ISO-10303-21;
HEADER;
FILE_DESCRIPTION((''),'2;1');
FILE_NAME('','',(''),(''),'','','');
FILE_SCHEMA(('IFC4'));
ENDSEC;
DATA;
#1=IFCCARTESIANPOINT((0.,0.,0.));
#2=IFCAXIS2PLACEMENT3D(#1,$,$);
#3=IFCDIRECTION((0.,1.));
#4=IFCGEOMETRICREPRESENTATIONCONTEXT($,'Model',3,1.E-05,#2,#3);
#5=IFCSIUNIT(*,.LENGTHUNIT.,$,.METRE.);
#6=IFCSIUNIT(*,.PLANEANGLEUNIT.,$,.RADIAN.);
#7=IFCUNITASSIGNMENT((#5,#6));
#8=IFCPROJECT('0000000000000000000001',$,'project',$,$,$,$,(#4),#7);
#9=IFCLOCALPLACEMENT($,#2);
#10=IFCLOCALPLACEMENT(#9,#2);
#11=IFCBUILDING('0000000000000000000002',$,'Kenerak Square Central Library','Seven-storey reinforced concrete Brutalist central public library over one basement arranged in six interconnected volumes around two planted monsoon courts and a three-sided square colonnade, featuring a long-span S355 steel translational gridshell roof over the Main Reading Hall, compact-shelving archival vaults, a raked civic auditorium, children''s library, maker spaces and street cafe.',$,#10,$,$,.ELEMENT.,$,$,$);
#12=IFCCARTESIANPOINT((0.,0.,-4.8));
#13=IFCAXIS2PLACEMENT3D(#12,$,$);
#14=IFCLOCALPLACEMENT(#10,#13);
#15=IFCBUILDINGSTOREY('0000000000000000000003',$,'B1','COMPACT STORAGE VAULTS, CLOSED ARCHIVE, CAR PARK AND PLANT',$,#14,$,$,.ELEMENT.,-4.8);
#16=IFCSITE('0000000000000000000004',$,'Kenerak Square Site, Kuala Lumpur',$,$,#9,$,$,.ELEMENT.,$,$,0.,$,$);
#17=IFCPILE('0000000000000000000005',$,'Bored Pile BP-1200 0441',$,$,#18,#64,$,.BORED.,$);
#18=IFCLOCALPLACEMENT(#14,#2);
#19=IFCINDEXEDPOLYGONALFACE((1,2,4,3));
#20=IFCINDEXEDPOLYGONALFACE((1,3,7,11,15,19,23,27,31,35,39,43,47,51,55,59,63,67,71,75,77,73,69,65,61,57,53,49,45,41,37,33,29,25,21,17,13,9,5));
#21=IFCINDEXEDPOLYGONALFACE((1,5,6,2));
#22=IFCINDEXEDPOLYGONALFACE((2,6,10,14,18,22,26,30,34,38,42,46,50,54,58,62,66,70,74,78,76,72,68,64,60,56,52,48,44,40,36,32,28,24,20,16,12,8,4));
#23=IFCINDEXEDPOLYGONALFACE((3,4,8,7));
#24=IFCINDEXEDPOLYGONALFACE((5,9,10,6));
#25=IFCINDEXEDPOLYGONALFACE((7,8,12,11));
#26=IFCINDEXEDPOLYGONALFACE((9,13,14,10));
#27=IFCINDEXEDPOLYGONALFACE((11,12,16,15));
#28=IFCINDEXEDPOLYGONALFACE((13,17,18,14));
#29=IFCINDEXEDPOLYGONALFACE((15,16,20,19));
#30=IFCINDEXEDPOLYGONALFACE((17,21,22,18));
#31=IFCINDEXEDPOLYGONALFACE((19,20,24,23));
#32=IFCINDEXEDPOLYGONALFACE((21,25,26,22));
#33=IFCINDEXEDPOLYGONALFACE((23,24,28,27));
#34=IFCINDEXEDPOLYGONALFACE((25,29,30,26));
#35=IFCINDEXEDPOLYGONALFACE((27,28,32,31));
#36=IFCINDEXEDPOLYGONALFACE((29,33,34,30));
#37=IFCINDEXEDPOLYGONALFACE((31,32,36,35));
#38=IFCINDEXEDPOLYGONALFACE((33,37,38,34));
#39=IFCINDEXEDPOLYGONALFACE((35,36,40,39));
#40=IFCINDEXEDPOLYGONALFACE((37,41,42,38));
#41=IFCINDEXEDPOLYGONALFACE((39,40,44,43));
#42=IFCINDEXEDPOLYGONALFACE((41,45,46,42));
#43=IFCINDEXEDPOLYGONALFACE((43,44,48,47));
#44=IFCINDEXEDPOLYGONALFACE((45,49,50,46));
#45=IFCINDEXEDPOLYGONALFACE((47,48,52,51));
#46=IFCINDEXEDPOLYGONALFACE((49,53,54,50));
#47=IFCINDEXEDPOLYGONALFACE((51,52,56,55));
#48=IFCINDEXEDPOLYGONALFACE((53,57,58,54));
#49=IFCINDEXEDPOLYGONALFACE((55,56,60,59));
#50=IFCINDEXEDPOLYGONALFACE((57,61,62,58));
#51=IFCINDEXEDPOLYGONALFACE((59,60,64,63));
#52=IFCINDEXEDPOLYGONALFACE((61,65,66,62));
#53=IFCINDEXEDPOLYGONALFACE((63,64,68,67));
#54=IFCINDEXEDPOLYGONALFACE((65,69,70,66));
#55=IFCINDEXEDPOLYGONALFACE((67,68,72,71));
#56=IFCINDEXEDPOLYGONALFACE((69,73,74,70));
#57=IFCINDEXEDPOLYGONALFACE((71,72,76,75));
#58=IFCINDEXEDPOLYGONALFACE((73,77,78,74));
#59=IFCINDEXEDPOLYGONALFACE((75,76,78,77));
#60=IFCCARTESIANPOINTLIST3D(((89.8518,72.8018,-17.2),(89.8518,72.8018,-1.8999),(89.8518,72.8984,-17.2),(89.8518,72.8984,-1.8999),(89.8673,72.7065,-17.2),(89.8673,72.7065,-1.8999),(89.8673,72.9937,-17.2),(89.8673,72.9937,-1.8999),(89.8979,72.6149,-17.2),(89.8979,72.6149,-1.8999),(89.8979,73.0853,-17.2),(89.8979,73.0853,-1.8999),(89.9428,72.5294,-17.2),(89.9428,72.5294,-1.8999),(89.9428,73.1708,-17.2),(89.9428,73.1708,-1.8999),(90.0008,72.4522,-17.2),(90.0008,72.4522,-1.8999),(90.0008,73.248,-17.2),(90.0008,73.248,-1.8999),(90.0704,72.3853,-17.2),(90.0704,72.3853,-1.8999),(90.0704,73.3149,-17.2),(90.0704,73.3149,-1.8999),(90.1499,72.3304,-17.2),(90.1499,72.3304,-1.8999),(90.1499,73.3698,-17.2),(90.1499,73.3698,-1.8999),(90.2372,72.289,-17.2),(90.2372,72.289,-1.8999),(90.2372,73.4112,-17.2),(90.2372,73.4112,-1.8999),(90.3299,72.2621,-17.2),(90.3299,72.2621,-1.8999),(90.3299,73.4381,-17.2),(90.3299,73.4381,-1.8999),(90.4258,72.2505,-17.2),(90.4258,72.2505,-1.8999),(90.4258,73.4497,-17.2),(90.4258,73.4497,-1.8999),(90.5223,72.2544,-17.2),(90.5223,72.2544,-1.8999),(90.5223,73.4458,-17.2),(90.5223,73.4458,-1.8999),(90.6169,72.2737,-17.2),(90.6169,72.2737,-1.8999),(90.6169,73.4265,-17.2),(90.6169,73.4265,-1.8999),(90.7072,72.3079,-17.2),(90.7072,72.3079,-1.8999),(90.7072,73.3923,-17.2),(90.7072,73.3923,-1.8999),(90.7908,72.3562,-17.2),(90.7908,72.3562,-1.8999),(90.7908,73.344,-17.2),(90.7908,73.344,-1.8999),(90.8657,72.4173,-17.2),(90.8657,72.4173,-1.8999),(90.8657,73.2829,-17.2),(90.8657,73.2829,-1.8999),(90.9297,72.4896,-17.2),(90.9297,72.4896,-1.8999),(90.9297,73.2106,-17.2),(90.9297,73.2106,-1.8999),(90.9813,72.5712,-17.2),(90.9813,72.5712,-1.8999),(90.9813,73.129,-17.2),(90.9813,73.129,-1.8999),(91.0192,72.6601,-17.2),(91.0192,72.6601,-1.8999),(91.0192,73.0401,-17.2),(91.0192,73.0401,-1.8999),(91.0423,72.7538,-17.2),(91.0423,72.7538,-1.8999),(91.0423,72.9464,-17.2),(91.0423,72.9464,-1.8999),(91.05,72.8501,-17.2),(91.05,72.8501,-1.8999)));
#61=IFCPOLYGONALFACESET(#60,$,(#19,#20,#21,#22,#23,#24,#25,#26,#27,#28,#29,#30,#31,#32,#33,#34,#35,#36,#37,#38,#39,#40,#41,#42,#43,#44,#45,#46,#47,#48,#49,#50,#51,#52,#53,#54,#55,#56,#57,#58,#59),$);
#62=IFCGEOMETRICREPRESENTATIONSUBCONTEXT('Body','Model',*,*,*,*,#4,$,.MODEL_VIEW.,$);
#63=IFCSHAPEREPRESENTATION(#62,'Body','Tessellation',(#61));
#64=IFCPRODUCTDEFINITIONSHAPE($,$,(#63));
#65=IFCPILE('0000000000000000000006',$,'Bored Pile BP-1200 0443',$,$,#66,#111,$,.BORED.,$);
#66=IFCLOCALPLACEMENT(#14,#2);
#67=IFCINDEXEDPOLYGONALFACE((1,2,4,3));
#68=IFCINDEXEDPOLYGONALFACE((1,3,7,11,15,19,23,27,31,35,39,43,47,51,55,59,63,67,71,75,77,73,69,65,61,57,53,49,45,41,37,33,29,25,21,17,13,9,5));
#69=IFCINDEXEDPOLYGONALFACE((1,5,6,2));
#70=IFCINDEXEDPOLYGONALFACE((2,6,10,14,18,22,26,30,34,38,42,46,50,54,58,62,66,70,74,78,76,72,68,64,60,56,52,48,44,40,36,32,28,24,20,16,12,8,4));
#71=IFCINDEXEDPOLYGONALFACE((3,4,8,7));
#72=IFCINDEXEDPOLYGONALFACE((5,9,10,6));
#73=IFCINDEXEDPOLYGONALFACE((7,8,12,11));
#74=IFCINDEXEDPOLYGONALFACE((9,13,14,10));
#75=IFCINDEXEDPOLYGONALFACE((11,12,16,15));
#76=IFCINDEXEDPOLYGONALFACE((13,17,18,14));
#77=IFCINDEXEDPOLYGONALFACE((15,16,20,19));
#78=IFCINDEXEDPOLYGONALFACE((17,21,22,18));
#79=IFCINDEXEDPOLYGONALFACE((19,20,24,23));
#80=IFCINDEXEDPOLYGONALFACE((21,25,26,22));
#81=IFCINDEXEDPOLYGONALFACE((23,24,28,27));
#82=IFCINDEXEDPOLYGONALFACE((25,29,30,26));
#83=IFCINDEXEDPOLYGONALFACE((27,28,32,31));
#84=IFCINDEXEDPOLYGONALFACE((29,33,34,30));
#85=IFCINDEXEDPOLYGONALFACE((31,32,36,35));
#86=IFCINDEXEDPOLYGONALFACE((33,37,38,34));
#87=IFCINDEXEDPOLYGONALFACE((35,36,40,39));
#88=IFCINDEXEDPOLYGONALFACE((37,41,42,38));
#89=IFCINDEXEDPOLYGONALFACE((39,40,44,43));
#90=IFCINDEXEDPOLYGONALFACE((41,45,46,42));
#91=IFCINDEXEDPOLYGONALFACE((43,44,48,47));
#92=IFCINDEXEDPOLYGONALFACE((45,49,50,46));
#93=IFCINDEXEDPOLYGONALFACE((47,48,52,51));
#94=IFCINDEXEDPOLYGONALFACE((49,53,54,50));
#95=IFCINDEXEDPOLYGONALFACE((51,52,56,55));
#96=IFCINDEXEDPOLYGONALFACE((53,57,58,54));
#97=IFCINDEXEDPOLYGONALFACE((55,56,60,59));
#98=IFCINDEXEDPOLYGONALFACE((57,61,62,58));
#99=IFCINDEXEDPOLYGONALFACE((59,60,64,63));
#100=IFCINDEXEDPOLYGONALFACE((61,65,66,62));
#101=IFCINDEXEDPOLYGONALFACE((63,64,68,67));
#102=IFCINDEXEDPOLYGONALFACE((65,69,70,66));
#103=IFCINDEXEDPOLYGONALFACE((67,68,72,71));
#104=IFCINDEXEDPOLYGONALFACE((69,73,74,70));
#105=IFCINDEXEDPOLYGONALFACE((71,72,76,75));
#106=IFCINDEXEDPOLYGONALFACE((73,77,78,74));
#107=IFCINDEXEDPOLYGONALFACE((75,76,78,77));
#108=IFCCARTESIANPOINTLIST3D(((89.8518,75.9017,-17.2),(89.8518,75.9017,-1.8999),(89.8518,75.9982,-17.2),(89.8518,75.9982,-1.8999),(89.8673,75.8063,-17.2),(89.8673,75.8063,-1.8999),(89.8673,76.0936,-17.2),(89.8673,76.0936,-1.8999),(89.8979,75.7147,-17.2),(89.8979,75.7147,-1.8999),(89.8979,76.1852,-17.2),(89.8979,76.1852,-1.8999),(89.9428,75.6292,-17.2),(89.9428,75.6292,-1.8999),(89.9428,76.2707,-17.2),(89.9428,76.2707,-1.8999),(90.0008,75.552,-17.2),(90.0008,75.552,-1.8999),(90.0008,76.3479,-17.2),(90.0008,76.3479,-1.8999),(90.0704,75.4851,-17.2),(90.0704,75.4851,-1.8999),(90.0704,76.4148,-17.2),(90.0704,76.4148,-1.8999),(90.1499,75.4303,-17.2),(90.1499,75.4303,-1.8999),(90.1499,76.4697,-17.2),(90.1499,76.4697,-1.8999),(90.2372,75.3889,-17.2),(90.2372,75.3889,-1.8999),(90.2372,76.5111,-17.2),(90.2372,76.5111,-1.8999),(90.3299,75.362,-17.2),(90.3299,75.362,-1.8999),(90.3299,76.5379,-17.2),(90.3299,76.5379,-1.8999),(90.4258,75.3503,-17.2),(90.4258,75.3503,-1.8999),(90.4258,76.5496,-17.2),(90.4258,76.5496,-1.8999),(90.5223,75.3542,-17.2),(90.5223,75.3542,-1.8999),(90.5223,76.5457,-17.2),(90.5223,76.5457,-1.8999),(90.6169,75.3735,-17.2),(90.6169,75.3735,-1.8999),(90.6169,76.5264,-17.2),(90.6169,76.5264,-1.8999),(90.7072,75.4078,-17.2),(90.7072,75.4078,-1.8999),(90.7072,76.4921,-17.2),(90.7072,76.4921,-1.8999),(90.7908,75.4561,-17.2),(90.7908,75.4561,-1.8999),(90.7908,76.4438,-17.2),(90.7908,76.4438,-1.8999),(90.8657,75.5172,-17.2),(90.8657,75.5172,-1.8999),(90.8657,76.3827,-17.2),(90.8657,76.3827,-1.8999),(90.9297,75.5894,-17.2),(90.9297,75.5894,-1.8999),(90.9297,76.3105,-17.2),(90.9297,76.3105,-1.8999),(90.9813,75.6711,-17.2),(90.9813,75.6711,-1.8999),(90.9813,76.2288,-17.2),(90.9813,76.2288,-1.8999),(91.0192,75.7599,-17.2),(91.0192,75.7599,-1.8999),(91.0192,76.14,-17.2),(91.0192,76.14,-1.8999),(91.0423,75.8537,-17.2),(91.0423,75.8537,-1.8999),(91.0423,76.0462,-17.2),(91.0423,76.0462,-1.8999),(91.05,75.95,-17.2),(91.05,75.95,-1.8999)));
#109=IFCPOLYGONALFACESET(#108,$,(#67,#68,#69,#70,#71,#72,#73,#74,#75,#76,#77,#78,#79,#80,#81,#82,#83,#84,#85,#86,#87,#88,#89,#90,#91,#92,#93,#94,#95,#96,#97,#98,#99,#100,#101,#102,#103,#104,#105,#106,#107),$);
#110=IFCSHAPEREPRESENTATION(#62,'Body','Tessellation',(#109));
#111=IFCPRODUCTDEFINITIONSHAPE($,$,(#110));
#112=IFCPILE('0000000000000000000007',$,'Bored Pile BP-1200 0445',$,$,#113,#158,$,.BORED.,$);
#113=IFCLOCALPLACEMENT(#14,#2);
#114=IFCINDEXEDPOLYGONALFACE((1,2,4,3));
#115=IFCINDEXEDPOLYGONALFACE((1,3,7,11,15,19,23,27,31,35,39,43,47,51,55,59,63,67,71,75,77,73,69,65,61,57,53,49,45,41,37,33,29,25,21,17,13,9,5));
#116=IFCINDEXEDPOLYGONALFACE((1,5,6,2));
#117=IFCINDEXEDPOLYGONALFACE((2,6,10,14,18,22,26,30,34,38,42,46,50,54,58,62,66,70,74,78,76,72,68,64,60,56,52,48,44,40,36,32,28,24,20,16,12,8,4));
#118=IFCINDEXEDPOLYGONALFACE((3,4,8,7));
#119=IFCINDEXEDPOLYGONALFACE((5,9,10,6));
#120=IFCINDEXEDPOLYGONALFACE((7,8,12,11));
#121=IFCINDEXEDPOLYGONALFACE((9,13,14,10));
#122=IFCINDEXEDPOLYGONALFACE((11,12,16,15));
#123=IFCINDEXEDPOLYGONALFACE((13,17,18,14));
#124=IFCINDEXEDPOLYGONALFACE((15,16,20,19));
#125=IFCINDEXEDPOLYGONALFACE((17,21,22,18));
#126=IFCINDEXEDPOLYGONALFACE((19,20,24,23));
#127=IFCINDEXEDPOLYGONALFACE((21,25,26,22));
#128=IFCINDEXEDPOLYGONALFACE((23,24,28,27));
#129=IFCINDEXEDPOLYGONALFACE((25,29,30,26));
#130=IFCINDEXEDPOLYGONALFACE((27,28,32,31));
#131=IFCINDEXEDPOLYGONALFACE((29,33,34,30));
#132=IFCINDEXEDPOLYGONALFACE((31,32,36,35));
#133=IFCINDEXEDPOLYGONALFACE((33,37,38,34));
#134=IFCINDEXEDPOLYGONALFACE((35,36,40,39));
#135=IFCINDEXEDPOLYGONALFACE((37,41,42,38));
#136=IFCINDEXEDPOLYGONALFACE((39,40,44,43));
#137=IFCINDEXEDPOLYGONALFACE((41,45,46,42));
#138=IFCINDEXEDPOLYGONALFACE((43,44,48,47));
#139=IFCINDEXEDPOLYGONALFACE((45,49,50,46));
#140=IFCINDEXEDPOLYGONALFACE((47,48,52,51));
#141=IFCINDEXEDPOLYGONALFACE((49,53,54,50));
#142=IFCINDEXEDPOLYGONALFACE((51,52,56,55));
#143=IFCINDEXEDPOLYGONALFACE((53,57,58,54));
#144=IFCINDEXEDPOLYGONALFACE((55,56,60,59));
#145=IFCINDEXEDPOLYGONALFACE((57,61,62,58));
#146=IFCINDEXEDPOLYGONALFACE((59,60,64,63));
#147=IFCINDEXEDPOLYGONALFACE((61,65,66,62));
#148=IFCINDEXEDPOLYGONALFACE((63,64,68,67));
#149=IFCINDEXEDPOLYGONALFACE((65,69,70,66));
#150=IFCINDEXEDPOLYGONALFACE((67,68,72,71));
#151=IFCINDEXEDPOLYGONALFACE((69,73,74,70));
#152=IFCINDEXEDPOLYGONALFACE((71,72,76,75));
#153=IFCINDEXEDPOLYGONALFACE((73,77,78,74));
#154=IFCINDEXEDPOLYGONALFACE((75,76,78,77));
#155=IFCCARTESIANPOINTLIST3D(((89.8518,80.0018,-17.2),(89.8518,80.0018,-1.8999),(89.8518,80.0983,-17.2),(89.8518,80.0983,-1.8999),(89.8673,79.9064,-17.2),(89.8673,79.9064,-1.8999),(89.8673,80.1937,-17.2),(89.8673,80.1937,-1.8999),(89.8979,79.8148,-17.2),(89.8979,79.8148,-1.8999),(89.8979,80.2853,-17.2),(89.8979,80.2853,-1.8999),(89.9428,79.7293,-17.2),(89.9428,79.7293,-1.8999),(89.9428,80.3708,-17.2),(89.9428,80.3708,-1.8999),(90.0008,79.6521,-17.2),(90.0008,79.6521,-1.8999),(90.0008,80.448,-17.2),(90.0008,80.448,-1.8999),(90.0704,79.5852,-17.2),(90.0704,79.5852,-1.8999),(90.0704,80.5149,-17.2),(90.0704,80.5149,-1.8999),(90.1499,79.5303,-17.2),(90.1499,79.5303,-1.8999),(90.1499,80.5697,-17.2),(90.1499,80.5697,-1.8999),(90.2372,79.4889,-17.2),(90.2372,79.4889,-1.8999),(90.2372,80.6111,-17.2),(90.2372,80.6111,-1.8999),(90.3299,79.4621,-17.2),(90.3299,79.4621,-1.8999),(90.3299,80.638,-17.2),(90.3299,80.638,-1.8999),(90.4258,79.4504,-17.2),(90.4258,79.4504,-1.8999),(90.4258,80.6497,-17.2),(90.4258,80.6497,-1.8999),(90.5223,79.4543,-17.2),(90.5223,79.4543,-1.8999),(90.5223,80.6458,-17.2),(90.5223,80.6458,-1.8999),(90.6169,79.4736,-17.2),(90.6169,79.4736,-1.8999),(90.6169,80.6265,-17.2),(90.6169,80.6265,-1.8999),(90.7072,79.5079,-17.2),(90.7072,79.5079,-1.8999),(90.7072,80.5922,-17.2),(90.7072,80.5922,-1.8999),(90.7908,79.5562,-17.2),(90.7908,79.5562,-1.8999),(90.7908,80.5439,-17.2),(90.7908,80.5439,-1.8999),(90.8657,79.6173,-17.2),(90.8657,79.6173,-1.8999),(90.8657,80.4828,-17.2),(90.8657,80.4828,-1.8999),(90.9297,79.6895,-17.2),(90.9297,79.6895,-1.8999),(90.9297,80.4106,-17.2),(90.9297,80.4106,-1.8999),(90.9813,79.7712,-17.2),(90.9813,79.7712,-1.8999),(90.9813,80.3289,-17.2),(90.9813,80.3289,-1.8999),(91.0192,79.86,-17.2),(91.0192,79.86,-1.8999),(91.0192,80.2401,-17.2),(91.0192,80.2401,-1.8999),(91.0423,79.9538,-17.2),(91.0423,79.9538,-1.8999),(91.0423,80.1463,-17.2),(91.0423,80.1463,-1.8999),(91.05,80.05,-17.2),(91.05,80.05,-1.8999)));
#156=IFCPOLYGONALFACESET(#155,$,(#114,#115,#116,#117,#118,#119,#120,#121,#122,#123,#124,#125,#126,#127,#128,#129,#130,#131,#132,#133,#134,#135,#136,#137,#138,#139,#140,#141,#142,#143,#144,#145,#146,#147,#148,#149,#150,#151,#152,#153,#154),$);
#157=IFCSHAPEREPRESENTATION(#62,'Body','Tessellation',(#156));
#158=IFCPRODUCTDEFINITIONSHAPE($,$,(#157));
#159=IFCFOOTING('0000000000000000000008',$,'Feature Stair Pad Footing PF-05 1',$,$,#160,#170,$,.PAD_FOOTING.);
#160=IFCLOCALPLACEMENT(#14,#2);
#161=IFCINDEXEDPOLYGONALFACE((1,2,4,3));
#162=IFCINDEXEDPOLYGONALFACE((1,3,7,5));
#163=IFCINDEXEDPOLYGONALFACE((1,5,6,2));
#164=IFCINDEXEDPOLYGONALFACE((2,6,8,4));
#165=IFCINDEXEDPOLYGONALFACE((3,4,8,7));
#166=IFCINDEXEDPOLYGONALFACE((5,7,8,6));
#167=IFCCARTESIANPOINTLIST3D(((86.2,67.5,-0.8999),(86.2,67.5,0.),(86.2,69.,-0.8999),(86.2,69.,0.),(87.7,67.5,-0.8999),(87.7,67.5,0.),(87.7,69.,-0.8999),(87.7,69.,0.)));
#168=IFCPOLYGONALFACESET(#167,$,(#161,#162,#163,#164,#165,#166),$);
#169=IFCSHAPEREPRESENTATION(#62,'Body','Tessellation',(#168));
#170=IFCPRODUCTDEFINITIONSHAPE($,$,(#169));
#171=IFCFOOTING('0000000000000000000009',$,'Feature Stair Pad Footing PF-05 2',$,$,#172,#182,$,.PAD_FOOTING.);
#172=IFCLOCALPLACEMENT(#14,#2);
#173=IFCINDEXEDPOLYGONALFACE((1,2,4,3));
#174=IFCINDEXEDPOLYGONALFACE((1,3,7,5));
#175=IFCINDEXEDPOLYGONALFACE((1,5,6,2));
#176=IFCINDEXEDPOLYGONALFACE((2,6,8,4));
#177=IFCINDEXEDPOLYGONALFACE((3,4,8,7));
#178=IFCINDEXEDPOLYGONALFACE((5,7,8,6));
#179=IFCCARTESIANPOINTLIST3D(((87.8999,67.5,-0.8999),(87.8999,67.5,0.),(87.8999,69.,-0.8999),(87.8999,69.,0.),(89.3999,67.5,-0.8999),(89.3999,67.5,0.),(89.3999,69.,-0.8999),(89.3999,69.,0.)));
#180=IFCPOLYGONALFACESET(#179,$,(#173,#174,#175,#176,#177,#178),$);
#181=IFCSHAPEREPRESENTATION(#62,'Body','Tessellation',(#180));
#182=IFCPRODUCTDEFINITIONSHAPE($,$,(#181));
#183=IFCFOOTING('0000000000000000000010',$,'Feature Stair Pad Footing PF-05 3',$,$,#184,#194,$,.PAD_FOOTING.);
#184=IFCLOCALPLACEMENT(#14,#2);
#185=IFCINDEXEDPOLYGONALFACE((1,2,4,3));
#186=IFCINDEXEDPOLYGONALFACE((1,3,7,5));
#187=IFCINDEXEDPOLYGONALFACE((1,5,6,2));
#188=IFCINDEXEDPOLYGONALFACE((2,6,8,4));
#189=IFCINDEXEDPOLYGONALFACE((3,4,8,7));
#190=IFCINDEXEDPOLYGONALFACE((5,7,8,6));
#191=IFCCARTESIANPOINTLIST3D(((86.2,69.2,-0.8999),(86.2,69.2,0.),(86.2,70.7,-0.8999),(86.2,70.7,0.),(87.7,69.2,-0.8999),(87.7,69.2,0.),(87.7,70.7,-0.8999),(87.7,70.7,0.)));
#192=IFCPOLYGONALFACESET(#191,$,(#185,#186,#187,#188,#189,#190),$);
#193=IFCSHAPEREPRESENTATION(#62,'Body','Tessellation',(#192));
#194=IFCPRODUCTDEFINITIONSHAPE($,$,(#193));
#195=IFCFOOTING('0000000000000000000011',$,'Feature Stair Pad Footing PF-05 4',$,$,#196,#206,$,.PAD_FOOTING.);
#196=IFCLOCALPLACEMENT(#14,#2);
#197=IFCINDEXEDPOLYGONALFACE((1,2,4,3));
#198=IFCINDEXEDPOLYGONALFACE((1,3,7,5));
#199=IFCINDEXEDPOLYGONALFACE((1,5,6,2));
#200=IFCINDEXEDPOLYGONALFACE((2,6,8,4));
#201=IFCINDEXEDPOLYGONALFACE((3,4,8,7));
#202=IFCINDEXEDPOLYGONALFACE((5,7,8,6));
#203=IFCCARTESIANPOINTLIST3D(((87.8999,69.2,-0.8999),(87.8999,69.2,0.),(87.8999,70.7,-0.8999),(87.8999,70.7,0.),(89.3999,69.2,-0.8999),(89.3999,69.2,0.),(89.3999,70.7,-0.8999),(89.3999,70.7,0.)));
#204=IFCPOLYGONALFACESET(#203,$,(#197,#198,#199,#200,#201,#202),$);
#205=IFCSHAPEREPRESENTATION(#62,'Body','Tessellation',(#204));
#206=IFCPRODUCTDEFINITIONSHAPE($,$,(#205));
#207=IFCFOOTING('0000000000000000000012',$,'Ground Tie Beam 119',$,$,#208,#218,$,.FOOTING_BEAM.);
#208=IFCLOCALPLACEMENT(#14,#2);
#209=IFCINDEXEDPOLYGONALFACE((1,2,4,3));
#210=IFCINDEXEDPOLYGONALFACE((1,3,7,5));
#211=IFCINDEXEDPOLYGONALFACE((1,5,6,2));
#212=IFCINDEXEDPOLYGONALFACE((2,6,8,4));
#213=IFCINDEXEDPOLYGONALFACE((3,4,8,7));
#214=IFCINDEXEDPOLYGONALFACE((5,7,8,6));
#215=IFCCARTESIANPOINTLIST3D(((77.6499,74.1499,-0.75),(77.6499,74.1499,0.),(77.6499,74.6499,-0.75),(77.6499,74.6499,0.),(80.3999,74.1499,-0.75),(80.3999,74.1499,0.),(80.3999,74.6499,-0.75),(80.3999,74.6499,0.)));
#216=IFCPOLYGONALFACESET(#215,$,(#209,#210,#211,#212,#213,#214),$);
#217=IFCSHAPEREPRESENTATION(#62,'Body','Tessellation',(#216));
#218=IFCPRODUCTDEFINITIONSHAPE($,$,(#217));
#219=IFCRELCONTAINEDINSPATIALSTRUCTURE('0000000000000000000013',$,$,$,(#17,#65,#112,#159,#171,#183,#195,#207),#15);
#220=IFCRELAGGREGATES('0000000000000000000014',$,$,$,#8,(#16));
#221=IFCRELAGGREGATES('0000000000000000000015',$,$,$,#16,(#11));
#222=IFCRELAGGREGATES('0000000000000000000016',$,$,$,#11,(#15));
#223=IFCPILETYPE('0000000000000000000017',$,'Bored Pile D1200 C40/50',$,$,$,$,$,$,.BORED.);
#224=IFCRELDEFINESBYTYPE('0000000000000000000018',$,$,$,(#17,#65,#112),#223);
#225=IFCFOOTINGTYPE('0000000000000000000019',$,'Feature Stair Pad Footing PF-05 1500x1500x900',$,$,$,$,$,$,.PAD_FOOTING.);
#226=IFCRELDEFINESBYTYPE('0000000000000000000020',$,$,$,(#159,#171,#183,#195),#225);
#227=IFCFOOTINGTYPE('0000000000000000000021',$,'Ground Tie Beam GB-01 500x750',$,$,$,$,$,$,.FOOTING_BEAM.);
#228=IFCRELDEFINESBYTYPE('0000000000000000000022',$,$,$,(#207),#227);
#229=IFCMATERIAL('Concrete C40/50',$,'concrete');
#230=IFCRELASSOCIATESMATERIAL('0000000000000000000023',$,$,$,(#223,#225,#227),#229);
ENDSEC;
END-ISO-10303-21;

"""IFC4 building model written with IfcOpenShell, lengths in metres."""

from ifc_helpers import new_model, si_unit, direction, frame, origin, origin_2d, place, context, subcontext, project, spatial, rectangle, circle, extrude, material, material_profile, profile_set, type_object, element, save


model = new_model("IFC4")

# Units and contexts
model_context = context("Model", 3, precision=1e-05, world=origin(), true_north=direction((0.0, 1.0)))
body_context = subcontext(model_context, "Body", "Model", "MODEL_VIEW")
ifc_project = project(units=[si_unit("LENGTHUNIT", "METRE"), si_unit("PLANEANGLEUNIT", "RADIAN")], contexts=[model_context])

# Site, building, storey
site_placement = place(None, origin())
site = spatial("IfcSite", under=ifc_project, at=site_placement, Name="Kenerak Square Site, Kuala Lumpur", CompositionType="ELEMENT", RefElevation=0.0)
building_placement = place(site_placement, origin())
building = spatial("IfcBuilding", under=site, at=building_placement, Name="Kenerak Square Central Library", Description="Seven-storey reinforced concrete Brutalist central public library over one basement arranged in six interconnected volumes around two planted monsoon courts and a three-sided square colonnade, featuring a long-span S355 steel translational gridshell roof over the Main Reading Hall, compact-shelving archival vaults, a raked civic auditorium, children's library, maker spaces and street cafe.", CompositionType="ELEMENT")
storey_placement = place(building_placement, frame((0.0, 0.0, -4.8)))
storey = spatial("IfcBuildingStorey", under=building, at=storey_placement, Name="B1", Description="COMPACT STORAGE VAULTS, CLOSED ARCHIVE, CAR PARK AND PLANT", CompositionType="ELEMENT", Elevation=-4.8)

# Piles
ifc_material = material(Name="Concrete C40/50", Category="concrete")
ifc_material_profile_1 = material_profile(ifc_material, circle(Radius=0.6001, at=origin_2d()), Name="BP D1200")
ifc_profile_set_1 = profile_set([ifc_material_profile_1], Name="Concrete C40/50")
pile_type = type_object("IfcPileType", Name="Bored Pile D1200 C40/50", PredefinedType="BORED", material=ifc_profile_set_1)
for number, where, z_axis, x_axis, name in (
    (1, (90.45, 72.8501, -1.8999), (0.0, 0.0, -1.0), (1.0, 0.0, 0.0), "Bored Pile BP-1200 0441"),
    (2, (90.45, 75.95, -1.8999), (0.0, 0.0, -1.0), (1.0, 0.0, 0.0), "Bored Pile BP-1200 0443"),
    (3, (90.45, 80.05, -1.8999), (0.0, 0.0, -1.0), (1.0, 0.0, 0.0), "Bored Pile BP-1200 0445"),
):
    element("IfcPile", number, at=place(storey_placement, frame(where, z_axis=z_axis, x_axis=x_axis)), inside=storey, type_object=pile_type, Name=name, PredefinedType="BORED", context=body_context, shape_type="SweptSolid", body=[
        extrude(circle(Radius=0.6001, at=origin_2d()), origin(), (0.0, 0.0, 1.0), 15.3),
    ])

# Footings
footing_type_1 = type_object("IfcFootingType", Name="Feature Stair Pad Footing PF-05 1500x1500x900", PredefinedType="PAD_FOOTING", material=ifc_material)
for number, where, z_axis, x_axis, name in (
    (4, (86.95, 68.25, -0.8999), (0.0, 0.0, 1.0), (1.0, 0.0, 0.0), "Feature Stair Pad Footing PF-05 1"),
    (5, (88.6499, 68.25, -0.8999), (0.0, 0.0, 1.0), (1.0, 0.0, 0.0), "Feature Stair Pad Footing PF-05 2"),
    (6, (86.95, 69.95, -0.8999), (0.0, 0.0, 1.0), (1.0, 0.0, 0.0), "Feature Stair Pad Footing PF-05 3"),
    (7, (88.6499, 69.95, -0.8999), (0.0, 0.0, 1.0), (1.0, 0.0, 0.0), "Feature Stair Pad Footing PF-05 4"),
):
    element("IfcFooting", number, at=place(storey_placement, frame(where, z_axis=z_axis, x_axis=x_axis)), inside=storey, type_object=footing_type_1, Name=name, PredefinedType="PAD_FOOTING", context=body_context, shape_type="SweptSolid", body=[
        extrude(rectangle(XDim=1.5, YDim=1.5, at=origin_2d()), origin(), (0.0, 0.0, 1.0), 0.8999),
    ])
footing_type_2 = type_object("IfcFootingType", Name="Ground Tie Beam GB-01 500x750", PredefinedType="FOOTING_BEAM", material=ifc_material)
for number, where, z_axis, x_axis, name in (
    (8, (79.0249, 74.3999, -0.75), (0.0, 0.0, 1.0), (1.0, 0.0, 0.0), "Ground Tie Beam 119"),
):
    element("IfcFooting", number, at=place(storey_placement, frame(where, z_axis=z_axis, x_axis=x_axis)), inside=storey, type_object=footing_type_2, Name=name, PredefinedType="FOOTING_BEAM", context=body_context, shape_type="SweptSolid", body=[
        extrude(rectangle(XDim=2.75, YDim=0.5, at=origin_2d()), origin(), (0.0, 0.0, 1.0), 0.75),
    ])

save(model, "model.ifc")
